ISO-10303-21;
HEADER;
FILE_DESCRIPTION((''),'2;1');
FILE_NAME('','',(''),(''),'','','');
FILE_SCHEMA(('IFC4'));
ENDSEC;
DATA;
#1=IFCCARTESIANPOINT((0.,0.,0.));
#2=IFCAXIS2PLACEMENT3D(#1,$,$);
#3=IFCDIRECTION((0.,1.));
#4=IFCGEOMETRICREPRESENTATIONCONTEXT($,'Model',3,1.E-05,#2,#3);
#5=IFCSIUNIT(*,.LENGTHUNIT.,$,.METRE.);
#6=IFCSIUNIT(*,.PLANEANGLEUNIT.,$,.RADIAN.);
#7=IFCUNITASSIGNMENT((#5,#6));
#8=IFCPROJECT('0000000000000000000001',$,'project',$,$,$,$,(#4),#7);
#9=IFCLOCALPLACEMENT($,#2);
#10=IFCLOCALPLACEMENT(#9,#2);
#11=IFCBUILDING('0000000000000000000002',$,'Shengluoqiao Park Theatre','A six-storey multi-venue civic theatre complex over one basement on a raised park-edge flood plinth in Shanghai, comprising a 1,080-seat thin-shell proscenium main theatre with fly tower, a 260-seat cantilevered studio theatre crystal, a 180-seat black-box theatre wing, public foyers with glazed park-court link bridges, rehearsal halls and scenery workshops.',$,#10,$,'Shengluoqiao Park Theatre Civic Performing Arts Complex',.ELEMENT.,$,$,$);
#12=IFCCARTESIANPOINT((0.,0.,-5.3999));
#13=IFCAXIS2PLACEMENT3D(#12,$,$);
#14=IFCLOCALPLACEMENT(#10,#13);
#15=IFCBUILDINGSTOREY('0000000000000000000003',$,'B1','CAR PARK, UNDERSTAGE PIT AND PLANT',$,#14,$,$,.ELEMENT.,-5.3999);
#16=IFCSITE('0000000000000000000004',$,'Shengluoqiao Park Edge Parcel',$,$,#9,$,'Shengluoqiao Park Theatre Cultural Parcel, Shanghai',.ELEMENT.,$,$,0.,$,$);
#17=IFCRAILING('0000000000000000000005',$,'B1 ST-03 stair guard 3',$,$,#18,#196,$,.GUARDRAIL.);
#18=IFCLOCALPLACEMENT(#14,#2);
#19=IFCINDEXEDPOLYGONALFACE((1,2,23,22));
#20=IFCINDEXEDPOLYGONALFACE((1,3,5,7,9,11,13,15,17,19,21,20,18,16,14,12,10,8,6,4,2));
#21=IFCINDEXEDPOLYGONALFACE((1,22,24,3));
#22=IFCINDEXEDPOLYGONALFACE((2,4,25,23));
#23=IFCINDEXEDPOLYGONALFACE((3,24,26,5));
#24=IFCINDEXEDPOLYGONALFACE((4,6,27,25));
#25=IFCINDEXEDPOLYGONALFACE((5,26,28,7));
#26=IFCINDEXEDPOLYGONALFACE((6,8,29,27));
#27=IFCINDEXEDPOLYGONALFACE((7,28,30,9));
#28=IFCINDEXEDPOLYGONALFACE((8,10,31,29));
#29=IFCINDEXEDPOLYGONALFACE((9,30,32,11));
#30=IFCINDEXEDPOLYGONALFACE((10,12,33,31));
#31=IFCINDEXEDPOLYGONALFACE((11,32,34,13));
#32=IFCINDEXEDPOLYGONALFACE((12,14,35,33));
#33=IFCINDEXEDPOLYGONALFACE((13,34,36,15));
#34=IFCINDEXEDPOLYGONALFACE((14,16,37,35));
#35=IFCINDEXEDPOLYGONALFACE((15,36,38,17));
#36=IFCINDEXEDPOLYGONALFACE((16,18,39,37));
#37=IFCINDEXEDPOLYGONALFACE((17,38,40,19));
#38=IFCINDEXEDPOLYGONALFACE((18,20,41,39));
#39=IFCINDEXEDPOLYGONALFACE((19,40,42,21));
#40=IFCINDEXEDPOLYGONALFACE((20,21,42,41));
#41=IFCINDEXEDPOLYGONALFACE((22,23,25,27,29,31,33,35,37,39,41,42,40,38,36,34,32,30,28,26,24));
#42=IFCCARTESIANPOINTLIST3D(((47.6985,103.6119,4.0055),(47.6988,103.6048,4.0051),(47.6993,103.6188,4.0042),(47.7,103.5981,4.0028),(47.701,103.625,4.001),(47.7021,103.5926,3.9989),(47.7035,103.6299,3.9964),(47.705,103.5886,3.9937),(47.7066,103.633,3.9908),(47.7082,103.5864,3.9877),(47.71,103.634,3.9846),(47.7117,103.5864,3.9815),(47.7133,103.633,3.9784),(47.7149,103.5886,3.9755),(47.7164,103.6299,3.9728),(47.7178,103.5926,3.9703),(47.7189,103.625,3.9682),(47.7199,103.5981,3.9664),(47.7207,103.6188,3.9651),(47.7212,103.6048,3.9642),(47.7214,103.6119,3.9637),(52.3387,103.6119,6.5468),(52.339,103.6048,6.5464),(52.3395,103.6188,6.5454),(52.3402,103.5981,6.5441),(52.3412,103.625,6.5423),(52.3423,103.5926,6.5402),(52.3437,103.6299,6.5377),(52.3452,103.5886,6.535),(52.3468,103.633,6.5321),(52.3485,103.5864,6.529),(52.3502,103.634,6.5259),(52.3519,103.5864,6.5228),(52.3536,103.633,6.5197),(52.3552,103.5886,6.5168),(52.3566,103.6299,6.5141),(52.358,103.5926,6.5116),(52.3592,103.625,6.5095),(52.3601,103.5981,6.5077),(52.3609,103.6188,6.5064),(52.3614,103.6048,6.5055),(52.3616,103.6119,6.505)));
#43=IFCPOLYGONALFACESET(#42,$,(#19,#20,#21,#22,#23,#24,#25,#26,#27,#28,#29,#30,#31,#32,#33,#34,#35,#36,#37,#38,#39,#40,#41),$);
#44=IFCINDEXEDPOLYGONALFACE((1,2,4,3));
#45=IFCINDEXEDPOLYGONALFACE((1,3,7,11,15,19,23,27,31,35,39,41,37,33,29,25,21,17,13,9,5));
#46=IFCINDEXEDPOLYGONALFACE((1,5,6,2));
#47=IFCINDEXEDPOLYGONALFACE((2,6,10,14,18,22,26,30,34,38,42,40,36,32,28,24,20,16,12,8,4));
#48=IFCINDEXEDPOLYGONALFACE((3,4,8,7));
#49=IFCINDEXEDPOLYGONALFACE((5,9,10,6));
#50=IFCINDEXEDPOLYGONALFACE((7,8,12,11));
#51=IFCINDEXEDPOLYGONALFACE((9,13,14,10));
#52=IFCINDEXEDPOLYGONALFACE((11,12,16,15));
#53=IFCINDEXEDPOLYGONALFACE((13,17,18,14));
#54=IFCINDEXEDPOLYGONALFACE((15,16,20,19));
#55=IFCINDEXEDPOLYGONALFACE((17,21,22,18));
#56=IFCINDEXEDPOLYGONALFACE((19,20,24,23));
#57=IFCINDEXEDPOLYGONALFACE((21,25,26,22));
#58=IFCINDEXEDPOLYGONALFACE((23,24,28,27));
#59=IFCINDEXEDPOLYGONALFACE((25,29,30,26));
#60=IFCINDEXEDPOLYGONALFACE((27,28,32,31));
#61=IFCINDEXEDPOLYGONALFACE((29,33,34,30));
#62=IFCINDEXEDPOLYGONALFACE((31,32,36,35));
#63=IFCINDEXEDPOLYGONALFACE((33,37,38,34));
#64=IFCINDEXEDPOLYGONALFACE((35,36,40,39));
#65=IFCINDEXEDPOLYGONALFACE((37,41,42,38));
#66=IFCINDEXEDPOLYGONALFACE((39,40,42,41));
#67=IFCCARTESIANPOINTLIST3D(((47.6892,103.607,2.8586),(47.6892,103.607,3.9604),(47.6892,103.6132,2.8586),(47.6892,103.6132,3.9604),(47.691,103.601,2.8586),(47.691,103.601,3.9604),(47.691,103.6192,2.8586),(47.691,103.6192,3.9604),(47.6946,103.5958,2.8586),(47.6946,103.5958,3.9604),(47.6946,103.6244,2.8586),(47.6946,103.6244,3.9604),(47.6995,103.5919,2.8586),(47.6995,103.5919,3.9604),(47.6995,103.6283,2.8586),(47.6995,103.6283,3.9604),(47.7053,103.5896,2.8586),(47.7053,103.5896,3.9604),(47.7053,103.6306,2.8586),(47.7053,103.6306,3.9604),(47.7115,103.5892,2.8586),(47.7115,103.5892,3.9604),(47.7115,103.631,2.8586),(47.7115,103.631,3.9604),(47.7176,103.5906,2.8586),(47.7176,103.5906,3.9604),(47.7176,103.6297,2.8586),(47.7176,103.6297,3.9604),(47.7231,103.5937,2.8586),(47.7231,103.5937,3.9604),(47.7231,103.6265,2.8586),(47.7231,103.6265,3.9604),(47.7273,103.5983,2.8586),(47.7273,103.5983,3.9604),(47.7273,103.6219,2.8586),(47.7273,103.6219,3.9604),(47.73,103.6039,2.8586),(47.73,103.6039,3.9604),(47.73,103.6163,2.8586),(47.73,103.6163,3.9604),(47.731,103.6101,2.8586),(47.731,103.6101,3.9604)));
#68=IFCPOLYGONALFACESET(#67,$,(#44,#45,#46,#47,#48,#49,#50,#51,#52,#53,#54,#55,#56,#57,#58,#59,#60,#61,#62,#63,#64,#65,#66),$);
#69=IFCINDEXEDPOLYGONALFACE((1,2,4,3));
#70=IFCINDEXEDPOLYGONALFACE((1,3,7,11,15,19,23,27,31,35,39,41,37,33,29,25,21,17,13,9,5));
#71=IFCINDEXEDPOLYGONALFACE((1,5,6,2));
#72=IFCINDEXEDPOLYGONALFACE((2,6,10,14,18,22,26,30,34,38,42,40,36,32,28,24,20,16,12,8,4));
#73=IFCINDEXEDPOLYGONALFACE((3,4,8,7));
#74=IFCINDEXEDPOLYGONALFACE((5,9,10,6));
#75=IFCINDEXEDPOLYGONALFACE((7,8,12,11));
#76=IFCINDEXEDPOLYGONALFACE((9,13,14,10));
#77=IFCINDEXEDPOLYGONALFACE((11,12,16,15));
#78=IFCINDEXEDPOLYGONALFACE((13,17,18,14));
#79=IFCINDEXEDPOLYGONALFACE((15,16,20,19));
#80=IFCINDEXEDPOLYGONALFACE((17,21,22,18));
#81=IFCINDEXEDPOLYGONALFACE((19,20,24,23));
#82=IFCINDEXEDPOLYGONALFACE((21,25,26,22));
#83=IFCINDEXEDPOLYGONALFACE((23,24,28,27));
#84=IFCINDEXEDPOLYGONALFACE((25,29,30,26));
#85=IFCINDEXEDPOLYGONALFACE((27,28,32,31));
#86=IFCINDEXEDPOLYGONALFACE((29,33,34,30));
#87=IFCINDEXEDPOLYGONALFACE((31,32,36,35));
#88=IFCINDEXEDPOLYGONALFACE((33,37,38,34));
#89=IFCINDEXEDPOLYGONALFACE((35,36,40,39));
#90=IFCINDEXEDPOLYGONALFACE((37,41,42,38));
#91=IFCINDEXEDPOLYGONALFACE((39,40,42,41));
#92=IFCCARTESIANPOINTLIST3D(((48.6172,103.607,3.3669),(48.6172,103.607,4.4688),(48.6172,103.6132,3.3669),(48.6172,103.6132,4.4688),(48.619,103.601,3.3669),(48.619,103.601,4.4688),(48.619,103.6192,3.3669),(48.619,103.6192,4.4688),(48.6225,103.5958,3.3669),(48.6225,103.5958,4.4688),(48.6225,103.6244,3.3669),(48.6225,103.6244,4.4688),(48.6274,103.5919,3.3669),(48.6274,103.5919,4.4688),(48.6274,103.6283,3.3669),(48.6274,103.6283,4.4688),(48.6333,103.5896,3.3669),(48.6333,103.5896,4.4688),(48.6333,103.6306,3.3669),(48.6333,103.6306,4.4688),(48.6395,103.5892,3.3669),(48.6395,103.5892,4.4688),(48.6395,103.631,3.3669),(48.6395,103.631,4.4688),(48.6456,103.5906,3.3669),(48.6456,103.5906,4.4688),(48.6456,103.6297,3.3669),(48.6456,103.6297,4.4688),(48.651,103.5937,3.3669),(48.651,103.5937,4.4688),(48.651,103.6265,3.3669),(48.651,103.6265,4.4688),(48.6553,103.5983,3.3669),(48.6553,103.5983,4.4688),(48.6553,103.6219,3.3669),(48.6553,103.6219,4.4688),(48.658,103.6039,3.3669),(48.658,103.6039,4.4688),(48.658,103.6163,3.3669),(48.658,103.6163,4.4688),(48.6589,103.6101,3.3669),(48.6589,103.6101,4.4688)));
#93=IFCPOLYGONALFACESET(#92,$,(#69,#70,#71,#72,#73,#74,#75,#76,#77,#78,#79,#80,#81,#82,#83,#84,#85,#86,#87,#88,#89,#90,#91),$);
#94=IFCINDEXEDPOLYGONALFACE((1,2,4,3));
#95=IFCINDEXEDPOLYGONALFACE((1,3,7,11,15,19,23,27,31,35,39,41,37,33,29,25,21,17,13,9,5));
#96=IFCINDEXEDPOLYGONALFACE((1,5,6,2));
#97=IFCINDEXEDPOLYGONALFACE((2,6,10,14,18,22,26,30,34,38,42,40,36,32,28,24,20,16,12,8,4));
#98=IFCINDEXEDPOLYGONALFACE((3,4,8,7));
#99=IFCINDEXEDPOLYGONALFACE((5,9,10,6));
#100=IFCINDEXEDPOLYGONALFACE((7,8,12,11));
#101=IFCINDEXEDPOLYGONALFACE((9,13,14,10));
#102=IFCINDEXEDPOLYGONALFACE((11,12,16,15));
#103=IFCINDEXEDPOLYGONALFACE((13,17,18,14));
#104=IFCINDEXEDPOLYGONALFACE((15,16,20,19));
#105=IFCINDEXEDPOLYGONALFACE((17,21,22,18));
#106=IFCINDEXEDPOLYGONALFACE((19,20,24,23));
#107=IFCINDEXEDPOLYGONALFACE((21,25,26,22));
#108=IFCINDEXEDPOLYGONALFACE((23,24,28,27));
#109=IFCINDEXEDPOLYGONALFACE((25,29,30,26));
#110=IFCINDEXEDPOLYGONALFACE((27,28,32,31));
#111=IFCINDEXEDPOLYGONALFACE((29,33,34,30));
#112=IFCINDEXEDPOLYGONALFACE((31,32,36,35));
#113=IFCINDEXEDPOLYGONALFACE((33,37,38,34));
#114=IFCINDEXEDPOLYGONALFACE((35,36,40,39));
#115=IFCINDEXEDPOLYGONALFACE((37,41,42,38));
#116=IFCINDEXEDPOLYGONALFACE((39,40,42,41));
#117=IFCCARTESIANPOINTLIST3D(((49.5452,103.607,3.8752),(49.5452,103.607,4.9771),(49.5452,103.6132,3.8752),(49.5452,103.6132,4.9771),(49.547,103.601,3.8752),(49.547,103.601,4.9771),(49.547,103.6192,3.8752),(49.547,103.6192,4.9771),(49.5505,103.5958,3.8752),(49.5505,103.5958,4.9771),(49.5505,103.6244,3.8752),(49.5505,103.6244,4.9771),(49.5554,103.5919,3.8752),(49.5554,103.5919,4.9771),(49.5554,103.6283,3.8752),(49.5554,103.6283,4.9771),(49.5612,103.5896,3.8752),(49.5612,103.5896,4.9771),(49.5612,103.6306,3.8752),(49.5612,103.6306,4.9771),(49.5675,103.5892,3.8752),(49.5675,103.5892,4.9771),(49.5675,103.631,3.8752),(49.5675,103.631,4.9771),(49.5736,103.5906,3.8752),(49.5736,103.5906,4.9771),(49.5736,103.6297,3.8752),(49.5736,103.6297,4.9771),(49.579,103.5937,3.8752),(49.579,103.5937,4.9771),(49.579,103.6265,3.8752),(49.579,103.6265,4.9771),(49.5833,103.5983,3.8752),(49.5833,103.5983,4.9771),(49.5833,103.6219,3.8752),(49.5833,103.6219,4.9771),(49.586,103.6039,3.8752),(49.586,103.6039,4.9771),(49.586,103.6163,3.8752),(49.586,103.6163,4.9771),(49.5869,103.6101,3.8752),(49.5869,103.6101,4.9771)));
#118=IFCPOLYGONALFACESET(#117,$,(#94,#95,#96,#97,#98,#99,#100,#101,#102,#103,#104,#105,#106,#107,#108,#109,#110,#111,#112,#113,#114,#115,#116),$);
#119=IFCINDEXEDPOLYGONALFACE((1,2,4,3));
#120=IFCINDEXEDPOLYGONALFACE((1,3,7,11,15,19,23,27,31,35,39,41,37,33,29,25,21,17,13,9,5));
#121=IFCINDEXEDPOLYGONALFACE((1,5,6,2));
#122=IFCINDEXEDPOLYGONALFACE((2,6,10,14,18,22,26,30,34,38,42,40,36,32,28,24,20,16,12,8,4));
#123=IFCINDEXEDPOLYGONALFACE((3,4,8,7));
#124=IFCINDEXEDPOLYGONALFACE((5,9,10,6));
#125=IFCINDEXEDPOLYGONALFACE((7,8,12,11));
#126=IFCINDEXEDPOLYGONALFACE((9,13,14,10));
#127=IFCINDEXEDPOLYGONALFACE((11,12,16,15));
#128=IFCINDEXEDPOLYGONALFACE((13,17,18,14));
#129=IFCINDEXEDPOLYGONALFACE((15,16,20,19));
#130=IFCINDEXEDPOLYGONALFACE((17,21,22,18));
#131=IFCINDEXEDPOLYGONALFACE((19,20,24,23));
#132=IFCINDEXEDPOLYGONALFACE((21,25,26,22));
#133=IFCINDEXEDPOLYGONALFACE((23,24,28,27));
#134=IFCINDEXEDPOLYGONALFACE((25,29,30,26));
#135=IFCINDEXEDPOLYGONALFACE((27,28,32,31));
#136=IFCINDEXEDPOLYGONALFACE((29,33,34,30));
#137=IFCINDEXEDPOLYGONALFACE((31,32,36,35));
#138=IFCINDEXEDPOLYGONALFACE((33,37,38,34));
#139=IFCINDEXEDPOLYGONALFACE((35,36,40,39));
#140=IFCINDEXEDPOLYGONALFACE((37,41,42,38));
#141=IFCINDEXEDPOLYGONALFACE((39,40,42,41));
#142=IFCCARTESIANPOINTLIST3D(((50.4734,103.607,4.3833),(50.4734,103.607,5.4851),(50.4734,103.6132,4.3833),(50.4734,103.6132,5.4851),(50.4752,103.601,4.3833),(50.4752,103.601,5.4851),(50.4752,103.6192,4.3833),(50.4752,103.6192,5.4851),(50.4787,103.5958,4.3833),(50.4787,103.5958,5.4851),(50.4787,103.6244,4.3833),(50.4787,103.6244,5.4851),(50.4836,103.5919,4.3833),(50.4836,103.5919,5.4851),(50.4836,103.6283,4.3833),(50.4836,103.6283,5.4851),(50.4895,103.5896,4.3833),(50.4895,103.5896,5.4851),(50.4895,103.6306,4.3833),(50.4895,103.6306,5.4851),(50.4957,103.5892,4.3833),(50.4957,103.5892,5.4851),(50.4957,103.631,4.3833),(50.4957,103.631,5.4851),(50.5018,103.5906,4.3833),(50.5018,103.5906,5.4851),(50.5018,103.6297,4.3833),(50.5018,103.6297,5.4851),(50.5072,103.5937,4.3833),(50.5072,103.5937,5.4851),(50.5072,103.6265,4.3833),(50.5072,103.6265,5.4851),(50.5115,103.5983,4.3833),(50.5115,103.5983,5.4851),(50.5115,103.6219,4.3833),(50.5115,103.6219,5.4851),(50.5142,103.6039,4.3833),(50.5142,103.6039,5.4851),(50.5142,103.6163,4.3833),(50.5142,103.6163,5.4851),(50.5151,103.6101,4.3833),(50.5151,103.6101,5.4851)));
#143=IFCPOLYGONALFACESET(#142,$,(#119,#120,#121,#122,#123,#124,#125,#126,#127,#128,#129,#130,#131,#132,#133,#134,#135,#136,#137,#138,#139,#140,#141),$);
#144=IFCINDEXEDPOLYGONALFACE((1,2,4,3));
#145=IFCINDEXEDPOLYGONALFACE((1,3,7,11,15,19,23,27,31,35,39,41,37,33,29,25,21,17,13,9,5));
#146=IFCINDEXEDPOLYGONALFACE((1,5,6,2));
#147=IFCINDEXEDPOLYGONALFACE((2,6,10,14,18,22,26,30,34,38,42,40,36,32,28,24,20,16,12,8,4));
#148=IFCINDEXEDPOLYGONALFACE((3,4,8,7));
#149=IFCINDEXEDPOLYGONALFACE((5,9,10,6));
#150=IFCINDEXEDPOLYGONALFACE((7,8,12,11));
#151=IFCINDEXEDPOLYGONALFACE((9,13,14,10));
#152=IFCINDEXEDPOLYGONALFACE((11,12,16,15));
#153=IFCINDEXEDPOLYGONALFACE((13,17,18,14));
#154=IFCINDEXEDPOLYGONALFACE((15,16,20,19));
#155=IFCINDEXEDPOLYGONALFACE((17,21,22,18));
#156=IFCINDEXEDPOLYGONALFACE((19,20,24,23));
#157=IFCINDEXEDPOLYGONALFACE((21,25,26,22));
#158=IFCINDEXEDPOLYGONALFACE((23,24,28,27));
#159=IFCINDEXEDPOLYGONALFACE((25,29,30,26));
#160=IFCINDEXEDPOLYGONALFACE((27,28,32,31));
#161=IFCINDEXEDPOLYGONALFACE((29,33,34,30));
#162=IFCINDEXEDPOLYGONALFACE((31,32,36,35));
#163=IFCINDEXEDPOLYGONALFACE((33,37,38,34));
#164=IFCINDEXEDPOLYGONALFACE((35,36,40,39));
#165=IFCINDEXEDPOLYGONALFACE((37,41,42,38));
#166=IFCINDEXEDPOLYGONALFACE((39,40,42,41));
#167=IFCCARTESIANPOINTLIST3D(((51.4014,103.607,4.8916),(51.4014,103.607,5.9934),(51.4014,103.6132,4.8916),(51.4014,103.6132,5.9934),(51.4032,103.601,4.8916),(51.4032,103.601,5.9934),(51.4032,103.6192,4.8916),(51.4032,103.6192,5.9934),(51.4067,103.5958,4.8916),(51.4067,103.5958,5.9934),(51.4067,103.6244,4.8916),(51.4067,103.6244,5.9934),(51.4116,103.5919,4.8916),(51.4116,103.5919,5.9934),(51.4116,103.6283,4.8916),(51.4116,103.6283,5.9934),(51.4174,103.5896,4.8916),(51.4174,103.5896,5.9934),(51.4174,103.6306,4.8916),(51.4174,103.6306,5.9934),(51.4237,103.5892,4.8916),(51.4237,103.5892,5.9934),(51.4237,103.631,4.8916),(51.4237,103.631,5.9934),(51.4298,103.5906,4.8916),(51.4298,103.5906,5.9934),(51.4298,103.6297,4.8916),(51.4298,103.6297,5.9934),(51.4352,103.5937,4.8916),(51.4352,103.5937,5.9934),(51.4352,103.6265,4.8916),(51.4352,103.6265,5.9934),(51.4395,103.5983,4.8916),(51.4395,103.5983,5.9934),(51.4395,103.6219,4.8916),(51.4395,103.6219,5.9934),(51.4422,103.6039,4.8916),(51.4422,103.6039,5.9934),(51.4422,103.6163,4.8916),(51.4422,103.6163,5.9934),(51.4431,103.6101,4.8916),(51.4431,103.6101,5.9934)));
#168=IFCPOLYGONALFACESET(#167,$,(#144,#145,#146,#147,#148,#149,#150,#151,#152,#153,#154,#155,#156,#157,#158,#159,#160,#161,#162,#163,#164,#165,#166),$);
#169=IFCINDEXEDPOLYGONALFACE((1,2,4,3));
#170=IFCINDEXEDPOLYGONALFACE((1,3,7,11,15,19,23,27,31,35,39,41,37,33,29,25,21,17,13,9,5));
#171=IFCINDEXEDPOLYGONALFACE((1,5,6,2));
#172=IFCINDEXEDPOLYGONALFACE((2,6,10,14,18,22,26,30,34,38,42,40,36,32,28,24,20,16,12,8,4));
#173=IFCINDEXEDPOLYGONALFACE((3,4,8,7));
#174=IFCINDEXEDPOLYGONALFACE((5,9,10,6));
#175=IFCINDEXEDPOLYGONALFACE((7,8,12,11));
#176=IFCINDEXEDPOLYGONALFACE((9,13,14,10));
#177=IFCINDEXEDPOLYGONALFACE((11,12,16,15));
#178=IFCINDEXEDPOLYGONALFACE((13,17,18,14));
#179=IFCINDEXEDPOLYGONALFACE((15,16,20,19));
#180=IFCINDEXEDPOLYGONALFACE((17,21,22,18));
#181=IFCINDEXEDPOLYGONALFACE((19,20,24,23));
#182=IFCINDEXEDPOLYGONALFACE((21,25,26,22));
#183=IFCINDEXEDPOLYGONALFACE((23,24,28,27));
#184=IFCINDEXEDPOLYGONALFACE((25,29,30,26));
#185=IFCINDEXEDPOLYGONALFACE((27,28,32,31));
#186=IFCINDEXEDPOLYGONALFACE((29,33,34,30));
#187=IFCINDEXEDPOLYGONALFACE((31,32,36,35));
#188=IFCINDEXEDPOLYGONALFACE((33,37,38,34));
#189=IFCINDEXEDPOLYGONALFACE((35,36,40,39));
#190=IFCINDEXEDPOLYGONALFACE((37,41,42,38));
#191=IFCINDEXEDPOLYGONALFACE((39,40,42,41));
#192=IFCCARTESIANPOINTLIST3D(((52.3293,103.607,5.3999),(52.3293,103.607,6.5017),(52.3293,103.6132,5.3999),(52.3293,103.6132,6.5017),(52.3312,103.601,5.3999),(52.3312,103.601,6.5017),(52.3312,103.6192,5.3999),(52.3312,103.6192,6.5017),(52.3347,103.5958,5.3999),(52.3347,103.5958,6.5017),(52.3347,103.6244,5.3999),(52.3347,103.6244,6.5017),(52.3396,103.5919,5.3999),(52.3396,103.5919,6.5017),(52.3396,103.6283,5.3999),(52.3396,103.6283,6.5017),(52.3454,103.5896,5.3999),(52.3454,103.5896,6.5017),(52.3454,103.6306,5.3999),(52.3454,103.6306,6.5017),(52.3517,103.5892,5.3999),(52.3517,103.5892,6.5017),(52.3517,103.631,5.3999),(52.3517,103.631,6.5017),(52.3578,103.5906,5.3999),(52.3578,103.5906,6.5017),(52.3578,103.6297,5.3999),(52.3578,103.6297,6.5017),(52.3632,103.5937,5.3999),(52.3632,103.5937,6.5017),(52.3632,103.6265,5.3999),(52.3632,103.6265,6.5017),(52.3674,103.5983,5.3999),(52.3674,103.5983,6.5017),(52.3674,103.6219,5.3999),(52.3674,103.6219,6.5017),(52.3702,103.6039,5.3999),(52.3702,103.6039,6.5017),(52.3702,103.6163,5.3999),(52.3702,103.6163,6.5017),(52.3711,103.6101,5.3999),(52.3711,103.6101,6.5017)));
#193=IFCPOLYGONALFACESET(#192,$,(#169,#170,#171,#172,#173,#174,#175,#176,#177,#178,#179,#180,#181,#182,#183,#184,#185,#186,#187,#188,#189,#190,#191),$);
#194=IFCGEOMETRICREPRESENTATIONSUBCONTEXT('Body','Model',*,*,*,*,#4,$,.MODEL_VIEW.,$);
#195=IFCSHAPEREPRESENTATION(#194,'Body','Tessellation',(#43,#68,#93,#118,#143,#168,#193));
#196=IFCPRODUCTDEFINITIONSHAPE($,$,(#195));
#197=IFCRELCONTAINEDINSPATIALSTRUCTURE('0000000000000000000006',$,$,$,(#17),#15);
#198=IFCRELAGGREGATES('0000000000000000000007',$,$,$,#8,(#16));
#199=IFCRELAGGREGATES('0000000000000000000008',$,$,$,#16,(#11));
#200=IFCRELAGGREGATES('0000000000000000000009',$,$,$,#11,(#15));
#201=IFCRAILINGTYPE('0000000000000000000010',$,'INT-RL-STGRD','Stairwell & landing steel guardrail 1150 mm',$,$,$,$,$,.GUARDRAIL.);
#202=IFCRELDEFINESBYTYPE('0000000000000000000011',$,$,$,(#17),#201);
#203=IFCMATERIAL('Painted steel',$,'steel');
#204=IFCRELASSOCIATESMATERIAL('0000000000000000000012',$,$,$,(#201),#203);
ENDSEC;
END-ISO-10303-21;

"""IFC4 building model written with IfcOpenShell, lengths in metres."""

from ifc_helpers import new_model, si_unit, direction, frame, origin, origin_2d, place, context, subcontext, project, spatial, circle, extrude, material, type_object, element, save


model = new_model("IFC4")

# Units and contexts
model_context = context("Model", 3, precision=1e-05, world=origin(), true_north=direction((0.0, 1.0)))
body_context = subcontext(model_context, "Body", "Model", "MODEL_VIEW")
ifc_project = project(units=[si_unit("LENGTHUNIT", "METRE"), si_unit("PLANEANGLEUNIT", "RADIAN")], contexts=[model_context])

# Site, building, storey
site_placement = place(None, origin())
site = spatial("IfcSite", under=ifc_project, at=site_placement, Name="Shengluoqiao Park Edge Parcel", LongName="Shengluoqiao Park Theatre Cultural Parcel, Shanghai", CompositionType="ELEMENT", RefElevation=0.0)
building_placement = place(site_placement, origin())
building = spatial("IfcBuilding", under=site, at=building_placement, Name="Shengluoqiao Park Theatre", Description="A six-storey multi-venue civic theatre complex over one basement on a raised park-edge flood plinth in Shanghai, comprising a 1,080-seat thin-shell proscenium main theatre with fly tower, a 260-seat cantilevered studio theatre crystal, a 180-seat black-box theatre wing, public foyers with glazed park-court link bridges, rehearsal halls and scenery workshops.", LongName="Shengluoqiao Park Theatre Civic Performing Arts Complex", CompositionType="ELEMENT")
storey_placement = place(building_placement, frame((0.0, 0.0, -5.3999)))
storey = spatial("IfcBuildingStorey", under=building, at=storey_placement, Name="B1", Description="CAR PARK, UNDERSTAGE PIT AND PLANT", CompositionType="ELEMENT", Elevation=-5.3999)

# Railing
ifc_material_1 = material(Name="Painted steel", Category="steel")
railing_type_1 = type_object("IfcRailingType", Name="INT-RL-STGRD", Description="Stairwell & landing steel guardrail 1150 mm", PredefinedType="GUARDRAIL", material=ifc_material_1)
railing_1_placement = place(storey_placement, frame((47.71, 103.6101, 2.8586)))
element("IfcRailing", 1, at=railing_1_placement, inside=storey, type_object=railing_type_1, Name="B1 ST-03 stair guard 3", PredefinedType="GUARDRAIL", context=body_context, shape_type="SweptSolid", body=[
    extrude(circle(Radius=0.0239, at=origin_2d()), frame((0.0, 0.0, 1.126), z_axis=(0.877078, 0.0, 0.480348), x_axis=(0.0, 1.0, 0.0)), (0.0, 0.0, 1.0), 5.2905),
    extrude(circle(Radius=0.021, at=origin_2d()), origin(), (0.0, 0.0, 1.0), 1.1018),
    extrude(circle(Radius=0.021, at=origin_2d()), frame((0.928, 0.0, 0.5083)), (0.0, 0.0, 1.0), 1.1018),
    extrude(circle(Radius=0.021, at=origin_2d()), frame((1.856, 0.0, 1.0166)), (0.0, 0.0, 1.0), 1.1018),
    extrude(circle(Radius=0.021, at=origin_2d()), frame((2.7842, 0.0, 1.5247)), (0.0, 0.0, 1.0), 1.1018),
    extrude(circle(Radius=0.021, at=origin_2d()), frame((3.7122, 0.0, 2.033)), (0.0, 0.0, 1.0), 1.1018),
    extrude(circle(Radius=0.021, at=origin_2d()), frame((4.6401, 0.0, 2.5413)), (0.0, 0.0, 1.0), 1.1018),
])

save(model, "model.ifc")
